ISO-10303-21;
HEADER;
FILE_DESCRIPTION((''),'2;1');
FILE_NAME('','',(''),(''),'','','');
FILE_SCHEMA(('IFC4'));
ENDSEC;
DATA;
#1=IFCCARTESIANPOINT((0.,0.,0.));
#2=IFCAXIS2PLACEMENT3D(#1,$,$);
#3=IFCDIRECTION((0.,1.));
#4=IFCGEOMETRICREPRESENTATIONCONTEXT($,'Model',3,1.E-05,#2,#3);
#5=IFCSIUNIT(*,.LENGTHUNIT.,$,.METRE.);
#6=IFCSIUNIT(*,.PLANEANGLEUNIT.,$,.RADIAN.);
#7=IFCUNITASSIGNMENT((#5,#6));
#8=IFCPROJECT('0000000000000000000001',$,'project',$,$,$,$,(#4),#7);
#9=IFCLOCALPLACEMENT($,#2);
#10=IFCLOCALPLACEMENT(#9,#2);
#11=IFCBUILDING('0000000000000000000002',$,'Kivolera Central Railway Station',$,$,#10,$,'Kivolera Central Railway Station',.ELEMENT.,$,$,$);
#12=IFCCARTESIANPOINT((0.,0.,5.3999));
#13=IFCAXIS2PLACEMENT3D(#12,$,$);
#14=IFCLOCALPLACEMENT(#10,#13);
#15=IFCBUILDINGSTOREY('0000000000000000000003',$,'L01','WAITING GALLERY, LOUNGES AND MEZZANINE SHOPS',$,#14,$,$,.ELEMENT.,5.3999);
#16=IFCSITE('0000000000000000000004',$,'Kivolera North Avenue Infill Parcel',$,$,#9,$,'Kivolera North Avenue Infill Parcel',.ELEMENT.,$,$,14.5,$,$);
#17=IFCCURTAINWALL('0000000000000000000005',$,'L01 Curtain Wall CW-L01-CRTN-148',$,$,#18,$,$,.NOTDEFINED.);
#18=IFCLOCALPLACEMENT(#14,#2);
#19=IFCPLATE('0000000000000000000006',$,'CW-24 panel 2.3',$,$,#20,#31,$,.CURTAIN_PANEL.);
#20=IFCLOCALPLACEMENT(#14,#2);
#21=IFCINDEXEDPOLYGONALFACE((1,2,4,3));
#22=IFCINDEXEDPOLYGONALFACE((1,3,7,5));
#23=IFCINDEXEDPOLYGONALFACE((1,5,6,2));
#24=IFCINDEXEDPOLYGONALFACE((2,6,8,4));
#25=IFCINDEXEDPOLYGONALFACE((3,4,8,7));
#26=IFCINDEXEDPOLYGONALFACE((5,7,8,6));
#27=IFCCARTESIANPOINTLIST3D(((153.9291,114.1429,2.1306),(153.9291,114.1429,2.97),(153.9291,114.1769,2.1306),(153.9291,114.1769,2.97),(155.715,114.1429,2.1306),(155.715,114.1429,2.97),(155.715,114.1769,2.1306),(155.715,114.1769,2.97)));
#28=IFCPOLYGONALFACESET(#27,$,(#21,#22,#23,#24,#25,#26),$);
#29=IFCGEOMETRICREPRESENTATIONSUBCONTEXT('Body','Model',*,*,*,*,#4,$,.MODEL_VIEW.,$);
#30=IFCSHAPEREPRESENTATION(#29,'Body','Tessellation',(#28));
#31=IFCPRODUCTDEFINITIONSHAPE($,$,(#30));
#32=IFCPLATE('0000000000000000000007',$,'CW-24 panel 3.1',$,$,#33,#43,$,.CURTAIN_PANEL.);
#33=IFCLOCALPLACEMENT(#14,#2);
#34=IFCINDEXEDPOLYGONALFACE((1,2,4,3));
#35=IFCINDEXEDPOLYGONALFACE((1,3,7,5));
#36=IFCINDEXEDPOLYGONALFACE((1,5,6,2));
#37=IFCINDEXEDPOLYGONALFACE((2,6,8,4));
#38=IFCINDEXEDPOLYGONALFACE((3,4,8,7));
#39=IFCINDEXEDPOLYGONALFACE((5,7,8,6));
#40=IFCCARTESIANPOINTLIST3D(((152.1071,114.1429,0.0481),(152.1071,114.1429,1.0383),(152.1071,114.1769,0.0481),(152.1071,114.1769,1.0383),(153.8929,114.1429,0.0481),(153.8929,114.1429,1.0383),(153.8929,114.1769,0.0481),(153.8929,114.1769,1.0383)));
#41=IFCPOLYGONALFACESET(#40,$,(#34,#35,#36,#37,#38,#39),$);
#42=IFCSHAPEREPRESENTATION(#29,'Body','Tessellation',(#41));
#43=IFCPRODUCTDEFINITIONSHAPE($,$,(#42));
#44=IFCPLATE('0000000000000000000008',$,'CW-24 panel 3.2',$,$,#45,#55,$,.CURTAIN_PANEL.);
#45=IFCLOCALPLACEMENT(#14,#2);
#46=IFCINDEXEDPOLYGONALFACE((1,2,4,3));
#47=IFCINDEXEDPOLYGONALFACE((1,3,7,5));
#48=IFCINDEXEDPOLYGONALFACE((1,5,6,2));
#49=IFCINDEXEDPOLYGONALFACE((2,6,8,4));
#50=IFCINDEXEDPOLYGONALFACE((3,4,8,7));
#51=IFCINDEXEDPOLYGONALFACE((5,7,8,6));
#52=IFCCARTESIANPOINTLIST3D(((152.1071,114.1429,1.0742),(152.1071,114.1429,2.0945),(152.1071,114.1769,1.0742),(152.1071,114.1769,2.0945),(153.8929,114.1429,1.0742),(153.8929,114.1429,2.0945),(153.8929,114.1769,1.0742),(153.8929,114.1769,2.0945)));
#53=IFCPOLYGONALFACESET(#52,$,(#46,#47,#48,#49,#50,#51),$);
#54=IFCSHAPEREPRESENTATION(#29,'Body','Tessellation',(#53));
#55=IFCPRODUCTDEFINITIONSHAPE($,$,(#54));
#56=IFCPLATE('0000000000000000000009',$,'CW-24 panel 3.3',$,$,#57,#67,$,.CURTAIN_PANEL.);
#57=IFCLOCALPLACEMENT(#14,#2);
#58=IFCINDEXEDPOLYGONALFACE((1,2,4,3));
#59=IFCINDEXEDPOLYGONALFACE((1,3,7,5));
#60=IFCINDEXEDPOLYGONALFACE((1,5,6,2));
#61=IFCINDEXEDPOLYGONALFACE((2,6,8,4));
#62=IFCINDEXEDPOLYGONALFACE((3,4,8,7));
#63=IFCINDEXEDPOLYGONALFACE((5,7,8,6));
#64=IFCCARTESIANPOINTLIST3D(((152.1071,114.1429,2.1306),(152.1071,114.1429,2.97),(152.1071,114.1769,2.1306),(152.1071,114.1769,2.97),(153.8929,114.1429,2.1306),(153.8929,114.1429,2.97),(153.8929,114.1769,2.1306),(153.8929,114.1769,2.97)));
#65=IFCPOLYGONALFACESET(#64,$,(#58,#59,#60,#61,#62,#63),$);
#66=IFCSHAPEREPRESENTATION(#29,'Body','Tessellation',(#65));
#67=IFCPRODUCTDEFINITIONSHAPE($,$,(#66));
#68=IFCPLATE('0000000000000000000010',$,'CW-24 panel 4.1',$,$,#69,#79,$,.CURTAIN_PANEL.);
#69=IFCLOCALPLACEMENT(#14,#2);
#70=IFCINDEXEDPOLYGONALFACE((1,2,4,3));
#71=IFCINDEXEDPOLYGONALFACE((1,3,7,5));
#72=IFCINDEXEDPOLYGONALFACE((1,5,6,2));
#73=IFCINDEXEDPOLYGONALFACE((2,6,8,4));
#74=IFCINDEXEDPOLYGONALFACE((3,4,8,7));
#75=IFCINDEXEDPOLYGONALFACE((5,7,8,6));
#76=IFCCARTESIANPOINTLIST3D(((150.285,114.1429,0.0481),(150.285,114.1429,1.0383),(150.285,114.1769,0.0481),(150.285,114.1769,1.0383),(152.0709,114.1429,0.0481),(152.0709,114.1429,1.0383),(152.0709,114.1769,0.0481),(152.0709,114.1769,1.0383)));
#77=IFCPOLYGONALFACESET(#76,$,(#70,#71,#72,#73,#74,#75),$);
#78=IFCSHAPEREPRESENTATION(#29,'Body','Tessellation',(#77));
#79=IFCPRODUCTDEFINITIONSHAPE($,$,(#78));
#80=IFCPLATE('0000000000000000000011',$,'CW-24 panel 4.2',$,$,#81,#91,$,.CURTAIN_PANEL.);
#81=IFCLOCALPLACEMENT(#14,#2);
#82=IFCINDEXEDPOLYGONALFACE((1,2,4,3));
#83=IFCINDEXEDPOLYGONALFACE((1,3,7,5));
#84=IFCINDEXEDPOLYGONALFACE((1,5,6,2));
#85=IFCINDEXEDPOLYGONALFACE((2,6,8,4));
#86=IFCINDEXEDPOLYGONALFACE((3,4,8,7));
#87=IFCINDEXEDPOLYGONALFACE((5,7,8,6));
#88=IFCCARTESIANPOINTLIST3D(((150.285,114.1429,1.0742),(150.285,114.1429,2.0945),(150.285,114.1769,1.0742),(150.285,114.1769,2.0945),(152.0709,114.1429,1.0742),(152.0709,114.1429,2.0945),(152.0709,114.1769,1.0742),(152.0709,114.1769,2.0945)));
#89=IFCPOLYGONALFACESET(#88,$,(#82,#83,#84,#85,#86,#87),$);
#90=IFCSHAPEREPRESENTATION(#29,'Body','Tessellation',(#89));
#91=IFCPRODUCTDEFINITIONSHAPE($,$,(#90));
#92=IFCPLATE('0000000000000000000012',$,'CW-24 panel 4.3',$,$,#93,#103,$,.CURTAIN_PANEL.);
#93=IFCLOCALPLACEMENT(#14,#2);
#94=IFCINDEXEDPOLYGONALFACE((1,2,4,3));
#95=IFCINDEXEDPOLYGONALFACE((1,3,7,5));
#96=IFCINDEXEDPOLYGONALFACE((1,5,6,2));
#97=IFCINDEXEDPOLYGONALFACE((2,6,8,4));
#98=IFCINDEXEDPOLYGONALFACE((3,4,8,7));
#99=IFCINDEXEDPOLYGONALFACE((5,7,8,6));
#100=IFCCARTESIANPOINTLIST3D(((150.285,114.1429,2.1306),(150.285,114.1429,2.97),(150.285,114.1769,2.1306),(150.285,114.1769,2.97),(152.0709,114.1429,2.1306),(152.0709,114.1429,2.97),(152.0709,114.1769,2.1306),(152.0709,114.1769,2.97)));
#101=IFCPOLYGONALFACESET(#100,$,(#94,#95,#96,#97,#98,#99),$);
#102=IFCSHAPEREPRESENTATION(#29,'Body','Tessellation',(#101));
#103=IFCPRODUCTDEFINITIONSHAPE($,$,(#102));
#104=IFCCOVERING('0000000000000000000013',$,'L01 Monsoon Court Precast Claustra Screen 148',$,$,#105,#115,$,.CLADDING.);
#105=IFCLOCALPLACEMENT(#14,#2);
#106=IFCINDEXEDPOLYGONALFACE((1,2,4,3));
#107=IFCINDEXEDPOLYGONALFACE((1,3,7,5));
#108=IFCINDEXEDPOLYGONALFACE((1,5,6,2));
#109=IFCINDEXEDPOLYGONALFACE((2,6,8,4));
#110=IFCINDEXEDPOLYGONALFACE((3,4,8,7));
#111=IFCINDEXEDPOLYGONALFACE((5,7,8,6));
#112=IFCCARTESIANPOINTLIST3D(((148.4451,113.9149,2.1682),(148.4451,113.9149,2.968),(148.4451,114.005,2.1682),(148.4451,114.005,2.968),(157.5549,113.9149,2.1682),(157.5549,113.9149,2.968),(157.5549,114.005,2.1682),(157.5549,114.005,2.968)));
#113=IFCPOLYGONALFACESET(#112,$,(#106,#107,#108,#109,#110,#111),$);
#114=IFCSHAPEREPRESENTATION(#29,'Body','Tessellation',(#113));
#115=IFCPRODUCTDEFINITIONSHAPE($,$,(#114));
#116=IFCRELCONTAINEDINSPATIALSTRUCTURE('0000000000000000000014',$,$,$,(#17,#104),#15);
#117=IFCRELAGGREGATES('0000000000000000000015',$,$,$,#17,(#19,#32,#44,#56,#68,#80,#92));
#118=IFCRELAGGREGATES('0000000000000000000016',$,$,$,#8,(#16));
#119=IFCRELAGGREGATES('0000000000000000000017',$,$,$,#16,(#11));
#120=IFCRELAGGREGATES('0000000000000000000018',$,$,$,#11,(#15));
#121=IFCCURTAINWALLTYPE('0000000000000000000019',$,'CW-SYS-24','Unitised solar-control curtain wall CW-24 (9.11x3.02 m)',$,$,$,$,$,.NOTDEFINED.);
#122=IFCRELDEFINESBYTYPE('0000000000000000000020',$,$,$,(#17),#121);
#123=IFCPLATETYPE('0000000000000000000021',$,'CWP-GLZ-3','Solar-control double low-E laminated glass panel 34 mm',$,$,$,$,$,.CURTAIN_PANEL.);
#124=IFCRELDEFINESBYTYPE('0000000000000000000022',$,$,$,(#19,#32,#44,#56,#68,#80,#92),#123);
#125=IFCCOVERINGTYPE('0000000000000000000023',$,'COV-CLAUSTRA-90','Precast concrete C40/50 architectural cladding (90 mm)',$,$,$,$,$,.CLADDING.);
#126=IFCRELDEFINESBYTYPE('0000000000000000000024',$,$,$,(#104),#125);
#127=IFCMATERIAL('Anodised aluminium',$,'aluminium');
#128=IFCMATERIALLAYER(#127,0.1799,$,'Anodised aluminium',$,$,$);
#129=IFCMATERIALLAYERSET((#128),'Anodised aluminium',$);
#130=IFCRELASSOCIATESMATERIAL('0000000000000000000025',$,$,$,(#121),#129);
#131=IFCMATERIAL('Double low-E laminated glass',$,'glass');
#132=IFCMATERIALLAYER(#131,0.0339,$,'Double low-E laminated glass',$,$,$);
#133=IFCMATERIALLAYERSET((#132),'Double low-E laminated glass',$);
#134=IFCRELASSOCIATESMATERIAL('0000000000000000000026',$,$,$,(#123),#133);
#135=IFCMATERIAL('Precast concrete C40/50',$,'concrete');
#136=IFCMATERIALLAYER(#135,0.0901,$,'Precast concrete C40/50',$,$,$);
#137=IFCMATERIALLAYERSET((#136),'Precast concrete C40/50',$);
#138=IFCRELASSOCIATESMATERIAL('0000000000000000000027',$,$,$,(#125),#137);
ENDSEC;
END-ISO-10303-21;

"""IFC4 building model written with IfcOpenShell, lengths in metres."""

from ifc_helpers import new_model, si_unit, direction, frame, frame_2d, origin, origin_2d, place, context, subcontext, project, spatial, rectangle, extrude, material, layer, layer_set, type_object, element, aggregate, save


model = new_model("IFC4")

# Units and contexts
model_context = context("Model", 3, precision=1e-05, world=origin(), true_north=direction((0.0, 1.0)))
body_context = subcontext(model_context, "Body", "Model", "MODEL_VIEW")
ifc_project = project(units=[si_unit("LENGTHUNIT", "METRE"), si_unit("PLANEANGLEUNIT", "RADIAN")], contexts=[model_context])

# Site, building, storey
site_placement = place(None, origin())
site = spatial("IfcSite", under=ifc_project, at=site_placement, Name="Kivolera North Avenue Infill Parcel", LongName="Kivolera North Avenue Infill Parcel", CompositionType="ELEMENT", RefElevation=14.5)
building_placement = place(site_placement, origin())
building = spatial("IfcBuilding", under=site, at=building_placement, Name="Kivolera Central Railway Station", LongName="Kivolera Central Railway Station", CompositionType="ELEMENT")
storey_placement = place(building_placement, frame((0.0, 0.0, 5.3999)))
storey = spatial("IfcBuildingStorey", under=building, at=storey_placement, Name="L01", Description="WAITING GALLERY, LOUNGES AND MEZZANINE SHOPS", CompositionType="ELEMENT", Elevation=5.3999)

# Curtain wall, plates
ifc_material_1 = material(Name="Anodised aluminium", Category="aluminium")
ifc_layer_1 = layer(ifc_material_1, 0.1799, Name="Anodised aluminium")
ifc_layer_set_1 = layer_set([ifc_layer_1], Name="Anodised aluminium")
curtain_wall_type = type_object("IfcCurtainWallType", Name="CW-SYS-24", Description="Unitised solar-control curtain wall CW-24 (9.11x3.02 m)", PredefinedType="NOTDEFINED", material=ifc_layer_set_1)
curtain_wall_placement = place(storey_placement, origin())
curtain_wall = element("IfcCurtainWall", 1, at=curtain_wall_placement, inside=storey, type_object=curtain_wall_type, Name="L01 Curtain Wall CW-L01-CRTN-148", PredefinedType="NOTDEFINED")
ifc_material_2 = material(Name="Double low-E laminated glass", Category="glass")
ifc_layer_2 = layer(ifc_material_2, 0.0339, Name="Double low-E laminated glass")
ifc_layer_set_2 = layer_set([ifc_layer_2], Name="Double low-E laminated glass")
plate_type = type_object("IfcPlateType", Name="CWP-GLZ-3", Description="Solar-control double low-E laminated glass panel 34 mm", PredefinedType="CURTAIN_PANEL", material=ifc_layer_set_2)
plate_1_placement = place(storey_placement, frame((154.822, 114.1599, 2.1306), z_axis=(0.0, 0.0, 1.0), x_axis=(-1.0, 0.0, 0.0)))
plate_1 = element("IfcPlate", 2, at=plate_1_placement, type_object=plate_type, Name="CW-24 panel 2.3", PredefinedType="CURTAIN_PANEL", context=body_context, shape_type="SweptSolid", body=[
    extrude(rectangle(XDim=1.7859, YDim=0.0339, at=origin_2d()), origin(), (0.0, 0.0, 1.0), 0.8394),
])
plate_2_placement = place(storey_placement, frame((153.0, 114.1599, 0.0481), z_axis=(0.0, 0.0, 1.0), x_axis=(-1.0, 0.0, 0.0)))
plate_2 = element("IfcPlate", 3, at=plate_2_placement, type_object=plate_type, Name="CW-24 panel 3.1", PredefinedType="CURTAIN_PANEL", context=body_context, shape_type="SweptSolid", body=[
    extrude(rectangle(XDim=1.7859, YDim=0.0339, at=origin_2d()), origin(), (0.0, 0.0, 1.0), 0.9902),
])
plate_3_placement = place(storey_placement, frame((153.0, 114.1599, 1.0742), z_axis=(0.0, 0.0, 1.0), x_axis=(-1.0, 0.0, 0.0)))
plate_3 = element("IfcPlate", 4, at=plate_3_placement, type_object=plate_type, Name="CW-24 panel 3.2", PredefinedType="CURTAIN_PANEL", context=body_context, shape_type="SweptSolid", body=[
    extrude(rectangle(XDim=1.7859, YDim=0.0339, at=origin_2d()), origin(), (0.0, 0.0, 1.0), 1.0203),
])
plate_4_placement = place(storey_placement, frame((153.0, 114.1599, 2.1306), z_axis=(0.0, 0.0, 1.0), x_axis=(-1.0, 0.0, 0.0)))
plate_4 = element("IfcPlate", 5, at=plate_4_placement, type_object=plate_type, Name="CW-24 panel 3.3", PredefinedType="CURTAIN_PANEL", context=body_context, shape_type="SweptSolid", body=[
    extrude(rectangle(XDim=1.7859, YDim=0.0339, at=origin_2d()), origin(), (0.0, 0.0, 1.0), 0.8394),
])
plate_5_placement = place(storey_placement, frame((151.178, 114.1599, 0.0481), z_axis=(0.0, 0.0, 1.0), x_axis=(-1.0, 0.0, 0.0)))
plate_5 = element("IfcPlate", 6, at=plate_5_placement, type_object=plate_type, Name="CW-24 panel 4.1", PredefinedType="CURTAIN_PANEL", context=body_context, shape_type="SweptSolid", body=[
    extrude(rectangle(XDim=1.7859, YDim=0.0339, at=origin_2d()), origin(), (0.0, 0.0, 1.0), 0.9902),
])
plate_6_placement = place(storey_placement, frame((151.178, 114.1599, 1.0742), z_axis=(0.0, 0.0, 1.0), x_axis=(-1.0, 0.0, 0.0)))
plate_6 = element("IfcPlate", 7, at=plate_6_placement, type_object=plate_type, Name="CW-24 panel 4.2", PredefinedType="CURTAIN_PANEL", context=body_context, shape_type="SweptSolid", body=[
    extrude(rectangle(XDim=1.7859, YDim=0.0339, at=origin_2d()), origin(), (0.0, 0.0, 1.0), 1.0203),
])
plate_7_placement = place(storey_placement, frame((151.178, 114.1599, 2.1306), z_axis=(0.0, 0.0, 1.0), x_axis=(-1.0, 0.0, 0.0)))
plate_7 = element("IfcPlate", 8, at=plate_7_placement, type_object=plate_type, Name="CW-24 panel 4.3", PredefinedType="CURTAIN_PANEL", context=body_context, shape_type="SweptSolid", body=[
    extrude(rectangle(XDim=1.7859, YDim=0.0339, at=origin_2d()), origin(), (0.0, 0.0, 1.0), 0.8394),
])
aggregate(curtain_wall, [plate_1, plate_2, plate_3, plate_4, plate_5, plate_6, plate_7])

# Covering
ifc_material_3 = material(Name="Precast concrete C40/50", Category="concrete")
ifc_layer_3 = layer(ifc_material_3, 0.0901, Name="Precast concrete C40/50")
ifc_layer_set_3 = layer_set([ifc_layer_3], Name="Precast concrete C40/50")
covering_type = type_object("IfcCoveringType", Name="COV-CLAUSTRA-90", Description="Precast concrete C40/50 architectural cladding (90 mm)", PredefinedType="CLADDING", material=ifc_layer_set_3)
covering_placement = place(storey_placement, frame((157.5549, 113.96, 2.1682), z_axis=(0.0, 0.0, 1.0), x_axis=(-1.0, 0.0, 0.0)))
element("IfcCovering", 9, at=covering_placement, inside=storey, type_object=covering_type, Name="L01 Monsoon Court Precast Claustra Screen 148", PredefinedType="CLADDING", context=body_context, shape_type="SweptSolid", body=[
    extrude(rectangle(XDim=9.1099, YDim=0.0901, at=frame_2d((4.5549, 0.0))), origin(), (0.0, 0.0, 1.0), 0.7998),
])

save(model, "model.ifc")
